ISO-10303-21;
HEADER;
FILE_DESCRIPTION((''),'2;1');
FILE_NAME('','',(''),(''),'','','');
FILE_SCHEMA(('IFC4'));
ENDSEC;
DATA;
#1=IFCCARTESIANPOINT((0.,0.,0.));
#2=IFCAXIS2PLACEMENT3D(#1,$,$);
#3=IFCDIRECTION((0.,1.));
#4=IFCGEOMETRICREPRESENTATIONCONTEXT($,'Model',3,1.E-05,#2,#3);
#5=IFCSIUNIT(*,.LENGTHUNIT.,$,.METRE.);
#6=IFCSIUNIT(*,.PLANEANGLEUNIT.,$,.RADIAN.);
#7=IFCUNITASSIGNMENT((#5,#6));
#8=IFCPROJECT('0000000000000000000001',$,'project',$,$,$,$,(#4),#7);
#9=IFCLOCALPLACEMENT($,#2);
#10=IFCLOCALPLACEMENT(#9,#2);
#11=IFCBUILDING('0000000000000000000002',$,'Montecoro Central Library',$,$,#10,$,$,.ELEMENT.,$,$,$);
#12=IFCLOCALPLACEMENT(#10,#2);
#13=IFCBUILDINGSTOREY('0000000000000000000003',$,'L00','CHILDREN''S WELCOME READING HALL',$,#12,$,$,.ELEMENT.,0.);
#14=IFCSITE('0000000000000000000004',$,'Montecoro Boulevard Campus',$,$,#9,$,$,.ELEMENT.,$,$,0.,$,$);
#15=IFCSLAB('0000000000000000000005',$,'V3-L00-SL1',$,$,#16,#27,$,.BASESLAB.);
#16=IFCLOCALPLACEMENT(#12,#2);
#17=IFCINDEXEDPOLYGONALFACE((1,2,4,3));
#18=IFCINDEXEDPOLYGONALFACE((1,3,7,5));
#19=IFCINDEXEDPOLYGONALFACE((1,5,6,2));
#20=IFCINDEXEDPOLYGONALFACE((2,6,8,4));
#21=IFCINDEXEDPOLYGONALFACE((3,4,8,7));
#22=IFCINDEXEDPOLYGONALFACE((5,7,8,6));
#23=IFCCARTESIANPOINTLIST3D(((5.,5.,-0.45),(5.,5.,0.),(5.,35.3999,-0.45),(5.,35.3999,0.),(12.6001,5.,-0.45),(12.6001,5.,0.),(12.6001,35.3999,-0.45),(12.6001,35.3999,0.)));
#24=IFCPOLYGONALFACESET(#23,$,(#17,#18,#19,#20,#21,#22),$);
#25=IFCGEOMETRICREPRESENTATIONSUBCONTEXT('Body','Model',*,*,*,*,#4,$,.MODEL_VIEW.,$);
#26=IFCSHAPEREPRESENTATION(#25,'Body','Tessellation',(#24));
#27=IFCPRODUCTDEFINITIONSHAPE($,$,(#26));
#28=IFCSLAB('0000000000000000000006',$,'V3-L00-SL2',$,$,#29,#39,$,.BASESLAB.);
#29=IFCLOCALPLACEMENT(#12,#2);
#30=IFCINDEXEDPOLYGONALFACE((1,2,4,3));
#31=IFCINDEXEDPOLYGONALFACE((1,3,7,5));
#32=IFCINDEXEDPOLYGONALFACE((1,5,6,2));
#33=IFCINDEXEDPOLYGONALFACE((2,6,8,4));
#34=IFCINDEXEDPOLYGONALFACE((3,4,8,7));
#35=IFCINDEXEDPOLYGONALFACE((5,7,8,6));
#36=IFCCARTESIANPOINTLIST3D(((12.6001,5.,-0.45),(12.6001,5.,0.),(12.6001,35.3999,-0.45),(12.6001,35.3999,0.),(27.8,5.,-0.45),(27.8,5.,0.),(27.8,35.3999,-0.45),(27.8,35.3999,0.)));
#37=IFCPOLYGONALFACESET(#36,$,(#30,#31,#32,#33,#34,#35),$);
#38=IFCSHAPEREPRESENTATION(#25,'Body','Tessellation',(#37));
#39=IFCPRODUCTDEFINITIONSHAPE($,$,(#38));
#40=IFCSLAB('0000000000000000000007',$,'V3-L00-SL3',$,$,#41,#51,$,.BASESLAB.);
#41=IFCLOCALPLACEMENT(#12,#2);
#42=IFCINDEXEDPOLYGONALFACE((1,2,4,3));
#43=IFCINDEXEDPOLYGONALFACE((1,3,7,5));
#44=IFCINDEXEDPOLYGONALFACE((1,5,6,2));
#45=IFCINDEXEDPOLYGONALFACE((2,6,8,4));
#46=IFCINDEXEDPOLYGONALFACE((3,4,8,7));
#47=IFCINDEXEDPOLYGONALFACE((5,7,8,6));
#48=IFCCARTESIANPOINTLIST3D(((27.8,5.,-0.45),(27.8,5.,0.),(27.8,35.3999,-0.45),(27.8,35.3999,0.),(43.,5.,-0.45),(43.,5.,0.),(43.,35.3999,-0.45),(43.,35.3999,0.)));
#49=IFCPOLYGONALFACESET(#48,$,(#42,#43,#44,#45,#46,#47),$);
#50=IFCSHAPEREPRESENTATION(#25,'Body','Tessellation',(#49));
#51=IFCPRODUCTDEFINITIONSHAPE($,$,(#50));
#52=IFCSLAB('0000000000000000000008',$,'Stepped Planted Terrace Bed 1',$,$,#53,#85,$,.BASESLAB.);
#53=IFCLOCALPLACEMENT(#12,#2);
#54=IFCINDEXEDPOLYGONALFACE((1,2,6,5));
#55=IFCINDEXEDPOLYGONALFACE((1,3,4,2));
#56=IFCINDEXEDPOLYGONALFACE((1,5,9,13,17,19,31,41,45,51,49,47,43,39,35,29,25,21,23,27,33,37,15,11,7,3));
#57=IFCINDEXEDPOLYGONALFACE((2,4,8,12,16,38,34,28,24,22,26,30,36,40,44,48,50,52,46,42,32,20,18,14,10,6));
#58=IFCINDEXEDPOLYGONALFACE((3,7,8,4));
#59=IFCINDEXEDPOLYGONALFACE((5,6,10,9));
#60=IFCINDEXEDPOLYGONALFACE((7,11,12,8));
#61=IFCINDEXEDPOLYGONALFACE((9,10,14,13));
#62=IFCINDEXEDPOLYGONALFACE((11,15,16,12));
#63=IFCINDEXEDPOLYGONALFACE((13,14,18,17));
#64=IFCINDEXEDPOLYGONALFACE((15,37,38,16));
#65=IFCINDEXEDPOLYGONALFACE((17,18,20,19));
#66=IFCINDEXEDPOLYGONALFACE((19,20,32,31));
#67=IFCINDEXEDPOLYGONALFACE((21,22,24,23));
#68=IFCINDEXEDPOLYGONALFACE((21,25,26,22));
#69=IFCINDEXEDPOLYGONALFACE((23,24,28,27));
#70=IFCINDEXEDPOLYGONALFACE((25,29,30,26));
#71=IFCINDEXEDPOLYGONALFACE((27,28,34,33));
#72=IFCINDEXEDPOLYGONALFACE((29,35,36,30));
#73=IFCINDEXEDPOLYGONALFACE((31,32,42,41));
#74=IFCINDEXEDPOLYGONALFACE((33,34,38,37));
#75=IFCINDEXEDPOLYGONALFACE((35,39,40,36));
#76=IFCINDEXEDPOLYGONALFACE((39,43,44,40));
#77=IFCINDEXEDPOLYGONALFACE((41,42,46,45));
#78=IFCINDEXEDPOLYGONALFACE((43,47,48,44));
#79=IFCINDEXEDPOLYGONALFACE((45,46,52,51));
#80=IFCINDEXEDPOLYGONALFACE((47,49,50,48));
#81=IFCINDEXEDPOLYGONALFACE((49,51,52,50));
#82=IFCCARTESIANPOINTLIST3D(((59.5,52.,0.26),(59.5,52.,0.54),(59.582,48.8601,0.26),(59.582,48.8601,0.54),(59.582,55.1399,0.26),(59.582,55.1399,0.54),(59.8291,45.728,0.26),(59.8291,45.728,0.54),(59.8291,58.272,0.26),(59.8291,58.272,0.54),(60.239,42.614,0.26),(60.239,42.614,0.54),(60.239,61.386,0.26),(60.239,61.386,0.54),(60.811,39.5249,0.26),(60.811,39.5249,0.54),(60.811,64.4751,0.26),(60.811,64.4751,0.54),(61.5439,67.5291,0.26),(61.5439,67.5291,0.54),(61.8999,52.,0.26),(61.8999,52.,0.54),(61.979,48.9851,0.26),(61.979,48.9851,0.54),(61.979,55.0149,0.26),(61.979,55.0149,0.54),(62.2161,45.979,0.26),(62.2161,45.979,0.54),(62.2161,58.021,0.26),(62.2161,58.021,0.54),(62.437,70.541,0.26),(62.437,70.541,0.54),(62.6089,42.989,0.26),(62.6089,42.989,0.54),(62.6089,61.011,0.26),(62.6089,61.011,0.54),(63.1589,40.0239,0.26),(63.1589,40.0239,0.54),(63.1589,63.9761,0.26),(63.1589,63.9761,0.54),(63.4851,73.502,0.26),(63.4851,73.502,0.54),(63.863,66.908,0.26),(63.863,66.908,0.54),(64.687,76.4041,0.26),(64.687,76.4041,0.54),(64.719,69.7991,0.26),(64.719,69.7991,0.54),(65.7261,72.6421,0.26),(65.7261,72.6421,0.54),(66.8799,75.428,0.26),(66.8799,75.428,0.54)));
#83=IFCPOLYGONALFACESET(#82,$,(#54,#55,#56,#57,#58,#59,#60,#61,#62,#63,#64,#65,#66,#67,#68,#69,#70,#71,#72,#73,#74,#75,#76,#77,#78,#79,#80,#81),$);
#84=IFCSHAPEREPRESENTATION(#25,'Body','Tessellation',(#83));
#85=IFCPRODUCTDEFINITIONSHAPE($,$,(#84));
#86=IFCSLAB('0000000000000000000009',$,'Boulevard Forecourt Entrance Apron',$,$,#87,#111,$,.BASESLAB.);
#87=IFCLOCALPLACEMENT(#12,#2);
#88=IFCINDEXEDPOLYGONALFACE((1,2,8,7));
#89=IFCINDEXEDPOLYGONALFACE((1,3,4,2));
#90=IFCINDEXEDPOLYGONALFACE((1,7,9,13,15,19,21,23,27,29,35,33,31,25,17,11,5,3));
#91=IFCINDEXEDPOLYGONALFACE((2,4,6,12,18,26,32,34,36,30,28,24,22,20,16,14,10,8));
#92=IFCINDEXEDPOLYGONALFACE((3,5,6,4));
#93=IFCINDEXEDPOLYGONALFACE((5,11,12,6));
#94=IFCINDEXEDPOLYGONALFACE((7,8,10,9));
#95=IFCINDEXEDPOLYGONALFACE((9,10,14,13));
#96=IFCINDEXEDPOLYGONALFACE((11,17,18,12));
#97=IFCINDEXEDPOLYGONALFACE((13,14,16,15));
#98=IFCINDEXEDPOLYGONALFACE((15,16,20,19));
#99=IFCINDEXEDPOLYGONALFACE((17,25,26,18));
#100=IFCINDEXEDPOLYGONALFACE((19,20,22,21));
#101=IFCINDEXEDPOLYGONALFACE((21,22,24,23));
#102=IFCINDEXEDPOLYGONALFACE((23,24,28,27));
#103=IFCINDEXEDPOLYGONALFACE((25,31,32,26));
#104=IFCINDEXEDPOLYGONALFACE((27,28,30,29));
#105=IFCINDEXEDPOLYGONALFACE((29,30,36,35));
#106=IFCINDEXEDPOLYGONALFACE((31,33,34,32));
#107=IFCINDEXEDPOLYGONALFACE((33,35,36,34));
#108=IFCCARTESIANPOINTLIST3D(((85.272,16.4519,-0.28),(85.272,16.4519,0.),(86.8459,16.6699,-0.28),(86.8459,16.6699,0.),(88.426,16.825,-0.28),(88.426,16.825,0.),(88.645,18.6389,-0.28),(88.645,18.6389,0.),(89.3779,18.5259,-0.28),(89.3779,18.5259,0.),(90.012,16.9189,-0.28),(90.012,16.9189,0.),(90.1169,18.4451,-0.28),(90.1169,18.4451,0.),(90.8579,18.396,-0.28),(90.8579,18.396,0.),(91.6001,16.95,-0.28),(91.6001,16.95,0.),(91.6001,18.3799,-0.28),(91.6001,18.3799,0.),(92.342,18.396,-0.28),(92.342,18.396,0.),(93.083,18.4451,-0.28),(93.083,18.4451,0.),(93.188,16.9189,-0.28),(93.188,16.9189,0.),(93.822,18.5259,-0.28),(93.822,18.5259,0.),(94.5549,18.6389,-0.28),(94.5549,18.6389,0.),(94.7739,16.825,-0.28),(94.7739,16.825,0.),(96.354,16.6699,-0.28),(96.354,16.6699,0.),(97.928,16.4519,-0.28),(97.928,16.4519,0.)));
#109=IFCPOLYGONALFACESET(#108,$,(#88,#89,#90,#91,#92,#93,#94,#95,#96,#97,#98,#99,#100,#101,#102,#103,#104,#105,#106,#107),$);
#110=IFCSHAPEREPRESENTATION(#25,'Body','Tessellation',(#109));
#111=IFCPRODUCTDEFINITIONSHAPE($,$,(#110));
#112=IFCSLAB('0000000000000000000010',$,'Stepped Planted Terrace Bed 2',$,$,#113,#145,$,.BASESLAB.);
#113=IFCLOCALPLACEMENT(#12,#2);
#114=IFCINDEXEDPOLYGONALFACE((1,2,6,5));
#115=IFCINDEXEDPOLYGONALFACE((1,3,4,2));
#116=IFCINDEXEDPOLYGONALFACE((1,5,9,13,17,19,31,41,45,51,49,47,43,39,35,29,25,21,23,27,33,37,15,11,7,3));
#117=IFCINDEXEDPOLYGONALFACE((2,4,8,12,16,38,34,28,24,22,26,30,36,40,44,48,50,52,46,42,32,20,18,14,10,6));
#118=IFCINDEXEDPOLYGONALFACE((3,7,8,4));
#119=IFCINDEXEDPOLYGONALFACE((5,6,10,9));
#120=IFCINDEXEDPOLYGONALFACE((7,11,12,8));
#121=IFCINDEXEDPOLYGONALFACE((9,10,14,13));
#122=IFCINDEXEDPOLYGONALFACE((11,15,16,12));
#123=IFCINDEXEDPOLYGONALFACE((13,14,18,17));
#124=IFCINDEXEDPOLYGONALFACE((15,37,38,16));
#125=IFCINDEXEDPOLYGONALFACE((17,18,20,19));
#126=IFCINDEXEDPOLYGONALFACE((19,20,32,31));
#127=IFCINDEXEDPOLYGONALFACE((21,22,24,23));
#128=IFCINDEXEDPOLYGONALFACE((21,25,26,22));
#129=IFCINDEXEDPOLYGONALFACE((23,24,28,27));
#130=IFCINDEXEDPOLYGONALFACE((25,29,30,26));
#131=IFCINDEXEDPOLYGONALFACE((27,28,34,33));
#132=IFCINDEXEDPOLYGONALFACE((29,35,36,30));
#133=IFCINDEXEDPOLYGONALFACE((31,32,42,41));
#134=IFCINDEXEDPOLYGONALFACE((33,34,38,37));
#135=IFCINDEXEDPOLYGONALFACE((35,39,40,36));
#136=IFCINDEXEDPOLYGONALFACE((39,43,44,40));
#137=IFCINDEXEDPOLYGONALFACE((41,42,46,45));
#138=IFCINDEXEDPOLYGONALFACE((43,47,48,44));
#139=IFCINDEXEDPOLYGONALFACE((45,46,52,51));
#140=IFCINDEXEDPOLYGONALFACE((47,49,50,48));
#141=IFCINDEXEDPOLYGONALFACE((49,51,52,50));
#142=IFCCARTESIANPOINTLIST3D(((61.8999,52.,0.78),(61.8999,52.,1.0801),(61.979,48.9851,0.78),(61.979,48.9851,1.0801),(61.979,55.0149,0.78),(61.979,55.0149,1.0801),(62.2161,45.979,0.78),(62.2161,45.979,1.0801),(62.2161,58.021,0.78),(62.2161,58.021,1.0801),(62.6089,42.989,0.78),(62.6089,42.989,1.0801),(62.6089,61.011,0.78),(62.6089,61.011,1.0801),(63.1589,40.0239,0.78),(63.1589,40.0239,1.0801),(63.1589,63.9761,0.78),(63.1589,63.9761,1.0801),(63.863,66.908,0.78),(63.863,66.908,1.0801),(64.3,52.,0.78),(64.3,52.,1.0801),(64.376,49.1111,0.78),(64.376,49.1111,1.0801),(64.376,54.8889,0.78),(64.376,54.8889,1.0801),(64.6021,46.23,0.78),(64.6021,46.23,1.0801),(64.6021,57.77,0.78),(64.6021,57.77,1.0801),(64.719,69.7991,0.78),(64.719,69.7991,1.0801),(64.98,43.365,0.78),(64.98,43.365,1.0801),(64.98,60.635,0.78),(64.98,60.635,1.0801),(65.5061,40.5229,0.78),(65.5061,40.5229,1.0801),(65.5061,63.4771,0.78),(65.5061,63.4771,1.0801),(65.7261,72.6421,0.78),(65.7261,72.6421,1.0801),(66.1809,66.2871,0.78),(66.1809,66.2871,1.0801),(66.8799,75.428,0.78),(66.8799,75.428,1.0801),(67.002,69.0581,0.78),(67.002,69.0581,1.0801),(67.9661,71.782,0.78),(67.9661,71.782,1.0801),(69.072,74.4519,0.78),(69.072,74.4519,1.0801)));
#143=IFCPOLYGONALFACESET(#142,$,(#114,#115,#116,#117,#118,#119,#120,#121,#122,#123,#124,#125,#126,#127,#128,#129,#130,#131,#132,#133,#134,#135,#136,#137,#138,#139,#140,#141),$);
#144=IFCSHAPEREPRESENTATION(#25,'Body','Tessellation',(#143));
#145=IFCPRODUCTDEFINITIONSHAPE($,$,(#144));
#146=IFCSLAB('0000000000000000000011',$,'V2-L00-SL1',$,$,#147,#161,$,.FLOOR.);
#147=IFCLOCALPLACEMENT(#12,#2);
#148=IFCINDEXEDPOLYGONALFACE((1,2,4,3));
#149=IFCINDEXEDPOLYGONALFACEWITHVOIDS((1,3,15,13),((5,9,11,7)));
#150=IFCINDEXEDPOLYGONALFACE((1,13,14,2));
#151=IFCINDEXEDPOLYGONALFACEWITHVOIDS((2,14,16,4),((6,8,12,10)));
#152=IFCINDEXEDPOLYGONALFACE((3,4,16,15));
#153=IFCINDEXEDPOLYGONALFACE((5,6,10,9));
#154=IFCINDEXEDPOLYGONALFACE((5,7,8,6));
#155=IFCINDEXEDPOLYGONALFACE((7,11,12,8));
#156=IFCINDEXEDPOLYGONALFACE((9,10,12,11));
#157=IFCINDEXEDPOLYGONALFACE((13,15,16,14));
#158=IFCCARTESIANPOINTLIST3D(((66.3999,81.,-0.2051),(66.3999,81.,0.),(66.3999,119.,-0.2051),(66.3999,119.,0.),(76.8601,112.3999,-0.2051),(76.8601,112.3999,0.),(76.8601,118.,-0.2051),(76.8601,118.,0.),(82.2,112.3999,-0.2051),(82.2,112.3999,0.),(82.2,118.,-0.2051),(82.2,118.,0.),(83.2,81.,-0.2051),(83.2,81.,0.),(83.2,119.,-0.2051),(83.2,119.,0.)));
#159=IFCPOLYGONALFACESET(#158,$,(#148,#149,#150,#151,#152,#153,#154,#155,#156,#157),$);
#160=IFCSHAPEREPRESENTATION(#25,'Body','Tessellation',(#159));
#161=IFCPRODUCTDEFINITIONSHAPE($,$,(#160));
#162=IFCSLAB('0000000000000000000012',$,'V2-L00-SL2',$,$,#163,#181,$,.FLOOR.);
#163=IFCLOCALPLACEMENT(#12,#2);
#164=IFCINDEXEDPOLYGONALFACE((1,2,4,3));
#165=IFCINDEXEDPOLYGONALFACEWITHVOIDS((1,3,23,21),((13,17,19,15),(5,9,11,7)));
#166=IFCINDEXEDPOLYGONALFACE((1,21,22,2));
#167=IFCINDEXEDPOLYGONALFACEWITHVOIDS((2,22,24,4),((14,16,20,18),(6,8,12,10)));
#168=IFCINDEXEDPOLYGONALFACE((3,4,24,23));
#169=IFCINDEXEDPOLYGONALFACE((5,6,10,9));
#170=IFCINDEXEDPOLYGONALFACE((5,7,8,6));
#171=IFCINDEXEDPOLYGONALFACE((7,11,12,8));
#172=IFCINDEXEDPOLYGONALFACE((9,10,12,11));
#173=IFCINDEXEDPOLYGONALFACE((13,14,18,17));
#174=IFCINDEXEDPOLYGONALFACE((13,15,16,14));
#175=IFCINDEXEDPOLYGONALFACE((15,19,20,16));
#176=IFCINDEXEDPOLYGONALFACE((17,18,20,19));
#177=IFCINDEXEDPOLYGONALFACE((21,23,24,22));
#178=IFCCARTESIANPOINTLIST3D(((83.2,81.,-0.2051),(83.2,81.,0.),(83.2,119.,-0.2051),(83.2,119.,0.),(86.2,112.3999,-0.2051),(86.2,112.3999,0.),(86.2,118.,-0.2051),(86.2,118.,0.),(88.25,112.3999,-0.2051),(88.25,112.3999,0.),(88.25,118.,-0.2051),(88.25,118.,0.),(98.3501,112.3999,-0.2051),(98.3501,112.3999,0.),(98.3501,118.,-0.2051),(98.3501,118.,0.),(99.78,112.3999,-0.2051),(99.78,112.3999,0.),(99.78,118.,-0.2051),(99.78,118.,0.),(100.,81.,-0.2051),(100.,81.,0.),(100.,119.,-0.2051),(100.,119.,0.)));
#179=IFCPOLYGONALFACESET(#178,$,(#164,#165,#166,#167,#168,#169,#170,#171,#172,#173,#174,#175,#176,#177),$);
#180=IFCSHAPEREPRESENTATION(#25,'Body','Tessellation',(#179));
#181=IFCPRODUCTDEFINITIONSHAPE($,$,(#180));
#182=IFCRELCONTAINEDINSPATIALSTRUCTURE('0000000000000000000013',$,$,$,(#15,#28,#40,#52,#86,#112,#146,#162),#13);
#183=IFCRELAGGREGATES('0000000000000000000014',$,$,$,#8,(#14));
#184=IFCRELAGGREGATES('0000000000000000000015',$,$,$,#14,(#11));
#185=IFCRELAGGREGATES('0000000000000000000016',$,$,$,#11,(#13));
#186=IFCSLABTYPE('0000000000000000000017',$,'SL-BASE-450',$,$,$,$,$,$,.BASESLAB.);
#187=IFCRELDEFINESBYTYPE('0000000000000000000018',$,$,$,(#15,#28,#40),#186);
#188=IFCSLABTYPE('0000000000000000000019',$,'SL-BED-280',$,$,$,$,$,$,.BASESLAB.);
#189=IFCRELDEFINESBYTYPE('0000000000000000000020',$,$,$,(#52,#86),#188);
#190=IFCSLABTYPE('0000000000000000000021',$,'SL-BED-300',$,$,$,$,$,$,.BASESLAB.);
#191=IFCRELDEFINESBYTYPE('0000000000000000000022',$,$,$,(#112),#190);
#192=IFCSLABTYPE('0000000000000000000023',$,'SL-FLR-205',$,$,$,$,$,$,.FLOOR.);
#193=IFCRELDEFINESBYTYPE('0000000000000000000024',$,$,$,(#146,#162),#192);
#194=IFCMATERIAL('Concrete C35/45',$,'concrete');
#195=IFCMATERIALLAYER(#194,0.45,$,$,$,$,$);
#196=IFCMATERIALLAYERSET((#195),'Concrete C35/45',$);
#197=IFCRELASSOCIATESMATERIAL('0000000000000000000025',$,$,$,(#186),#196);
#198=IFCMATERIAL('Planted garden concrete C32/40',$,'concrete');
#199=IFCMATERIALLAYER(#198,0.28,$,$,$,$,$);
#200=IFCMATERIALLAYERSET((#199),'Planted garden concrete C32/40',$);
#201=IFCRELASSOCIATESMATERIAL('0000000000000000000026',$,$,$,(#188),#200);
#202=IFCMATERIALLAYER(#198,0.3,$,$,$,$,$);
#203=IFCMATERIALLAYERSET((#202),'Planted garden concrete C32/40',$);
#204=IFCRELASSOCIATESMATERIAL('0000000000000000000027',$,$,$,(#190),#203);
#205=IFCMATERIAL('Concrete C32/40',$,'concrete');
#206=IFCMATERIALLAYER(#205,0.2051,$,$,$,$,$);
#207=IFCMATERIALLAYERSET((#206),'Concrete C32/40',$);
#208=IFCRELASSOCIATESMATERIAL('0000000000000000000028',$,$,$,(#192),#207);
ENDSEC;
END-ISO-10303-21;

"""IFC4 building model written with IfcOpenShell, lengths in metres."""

from ifc_helpers import new_model, si_unit, direction, frame, origin, place, context, subcontext, project, spatial, polyline, outline, extrude, material, layer, layer_set, type_object, element, save


model = new_model("IFC4")

# Units and contexts
model_context = context("Model", 3, precision=1e-05, world=origin(), true_north=direction((0.0, 1.0)))
body_context = subcontext(model_context, "Body", "Model", "MODEL_VIEW")
ifc_project = project(units=[si_unit("LENGTHUNIT", "METRE"), si_unit("PLANEANGLEUNIT", "RADIAN")], contexts=[model_context])

# Site, building, storey
site_placement = place(None, origin())
site = spatial("IfcSite", under=ifc_project, at=site_placement, Name="Montecoro Boulevard Campus", CompositionType="ELEMENT", RefElevation=0.0)
building_placement = place(site_placement, origin())
building = spatial("IfcBuilding", under=site, at=building_placement, Name="Montecoro Central Library", CompositionType="ELEMENT")
storey_placement = place(building_placement, origin())
storey = spatial("IfcBuildingStorey", under=building, at=storey_placement, Name="L00", Description="CHILDREN'S WELCOME READING HALL", CompositionType="ELEMENT", Elevation=0.0)

# Slabs
ifc_material_1 = material(Name="Concrete C35/45", Category="concrete")
ifc_layer_1 = layer(ifc_material_1, 0.45)
ifc_layer_set_1 = layer_set([ifc_layer_1], Name="Concrete C35/45")
slab_type_1 = type_object("IfcSlabType", Name="SL-BASE-450", PredefinedType="BASESLAB", material=ifc_layer_set_1)
slab_1_placement = place(storey_placement, frame((0.0, 0.0, -0.45)))
element("IfcSlab", 1, at=slab_1_placement, inside=storey, type_object=slab_type_1, Name="V3-L00-SL1", PredefinedType="BASESLAB", context=body_context, shape_type="SweptSolid", body=[
    extrude(outline(polyline([(5.0, 5.0), (12.6001, 5.0), (12.6001, 35.3999), (5.0, 35.3999), (5.0, 5.0)])), origin(), (0.0, 0.0, 1.0), 0.45),
])
slab_2_placement = place(storey_placement, frame((0.0, 0.0, -0.45)))
element("IfcSlab", 2, at=slab_2_placement, inside=storey, type_object=slab_type_1, Name="V3-L00-SL2", PredefinedType="BASESLAB", context=body_context, shape_type="SweptSolid", body=[
    extrude(outline(polyline([(12.6001, 5.0), (27.8, 5.0), (27.8, 35.3999), (12.6001, 35.3999), (12.6001, 5.0)])), origin(), (0.0, 0.0, 1.0), 0.45),
])
slab_3_placement = place(storey_placement, frame((0.0, 0.0, -0.45)))
element("IfcSlab", 3, at=slab_3_placement, inside=storey, type_object=slab_type_1, Name="V3-L00-SL3", PredefinedType="BASESLAB", context=body_context, shape_type="SweptSolid", body=[
    extrude(outline(polyline([(27.8, 5.0), (43.0, 5.0), (43.0, 35.3999), (27.8, 35.3999), (27.8, 5.0)])), origin(), (0.0, 0.0, 1.0), 0.45),
])
ifc_material_2 = material(Name="Planted garden concrete C32/40", Category="concrete")
ifc_layer_2 = layer(ifc_material_2, 0.28)
ifc_layer_set_2 = layer_set([ifc_layer_2], Name="Planted garden concrete C32/40")
slab_type_2 = type_object("IfcSlabType", Name="SL-BED-280", PredefinedType="BASESLAB", material=ifc_layer_set_2)
slab_4_placement = place(storey_placement, frame((0.0, 0.0, 0.26)))
element("IfcSlab", 4, at=slab_4_placement, inside=storey, type_object=slab_type_2, Name="Stepped Planted Terrace Bed 1", PredefinedType="BASESLAB", context=body_context, shape_type="SweptSolid", body=[
    extrude(outline(polyline([(66.8799, 75.428), (65.7261, 72.6421), (64.719, 69.7991), (63.863, 66.908), (63.1589, 63.9761), (62.6089, 61.011), (62.2161, 58.021), (61.979, 55.0149), (61.8999, 52.0), (61.979, 48.9851), (62.2161, 45.979), (62.6089, 42.989), (63.1589, 40.0239), (60.811, 39.5249), (60.239, 42.614), (59.8291, 45.728), (59.582, 48.8601), (59.5, 52.0), (59.582, 55.1399), (59.8291, 58.272), (60.239, 61.386), (60.811, 64.4751), (61.5439, 67.5291), (62.437, 70.541), (63.4851, 73.502), (64.687, 76.4041), (66.8799, 75.428)])), origin(), (0.0, 0.0, 1.0), 0.28),
])
slab_5_placement = place(storey_placement, frame((0.0, 0.0, -0.28)))
element("IfcSlab", 5, at=slab_5_placement, inside=storey, type_object=slab_type_2, Name="Boulevard Forecourt Entrance Apron", PredefinedType="BASESLAB", context=body_context, shape_type="SweptSolid", body=[
    extrude(outline(polyline([(97.928, 16.4519), (96.354, 16.6699), (94.7739, 16.825), (93.188, 16.9189), (91.6001, 16.95), (90.012, 16.9189), (88.426, 16.825), (86.8459, 16.6699), (85.272, 16.4519), (88.645, 18.6389), (89.3779, 18.5259), (90.1169, 18.4451), (90.8579, 18.396), (91.6001, 18.3799), (92.342, 18.396), (93.083, 18.4451), (93.822, 18.5259), (94.5549, 18.6389), (97.928, 16.4519)])), origin(), (0.0, 0.0, 1.0), 0.28),
])
ifc_layer_3 = layer(ifc_material_2, 0.3)
ifc_layer_set_3 = layer_set([ifc_layer_3], Name="Planted garden concrete C32/40")
slab_type_3 = type_object("IfcSlabType", Name="SL-BED-300", PredefinedType="BASESLAB", material=ifc_layer_set_3)
slab_6_placement = place(storey_placement, frame((0.0, 0.0, 0.78)))
element("IfcSlab", 6, at=slab_6_placement, inside=storey, type_object=slab_type_3, Name="Stepped Planted Terrace Bed 2", PredefinedType="BASESLAB", context=body_context, shape_type="SweptSolid", body=[
    extrude(outline(polyline([(69.072, 74.4519), (67.9661, 71.782), (67.002, 69.0581), (66.1809, 66.2871), (65.5061, 63.4771), (64.98, 60.635), (64.6021, 57.77), (64.376, 54.8889), (64.3, 52.0), (64.376, 49.1111), (64.6021, 46.23), (64.98, 43.365), (65.5061, 40.5229), (63.1589, 40.0239), (62.6089, 42.989), (62.2161, 45.979), (61.979, 48.9851), (61.8999, 52.0), (61.979, 55.0149), (62.2161, 58.021), (62.6089, 61.011), (63.1589, 63.9761), (63.863, 66.908), (64.719, 69.7991), (65.7261, 72.6421), (66.8799, 75.428), (69.072, 74.4519)])), origin(), (0.0, 0.0, 1.0), 0.3),
])
ifc_material_3 = material(Name="Concrete C32/40", Category="concrete")
ifc_layer_4 = layer(ifc_material_3, 0.2051)
ifc_layer_set_4 = layer_set([ifc_layer_4], Name="Concrete C32/40")
slab_type_4 = type_object("IfcSlabType", Name="SL-FLR-205", PredefinedType="FLOOR", material=ifc_layer_set_4)
slab_7_placement = place(storey_placement, frame((0.0, 0.0, -0.2051)))
element("IfcSlab", 7, at=slab_7_placement, inside=storey, type_object=slab_type_4, Name="V2-L00-SL1", PredefinedType="FLOOR", context=body_context, shape_type="SweptSolid", body=[
    extrude(outline(polyline([(66.3999, 81.0), (83.2, 81.0), (83.2, 119.0), (66.3999, 119.0), (66.3999, 81.0)]), holes=[polyline([(76.8601, 118.0), (82.2, 118.0), (82.2, 112.3999), (76.8601, 112.3999), (76.8601, 118.0)])]), origin(), (0.0, 0.0, 1.0), 0.2051),
])
slab_8_placement = place(storey_placement, frame((0.0, 0.0, -0.2051)))
element("IfcSlab", 8, at=slab_8_placement, inside=storey, type_object=slab_type_4, Name="V2-L00-SL2", PredefinedType="FLOOR", context=body_context, shape_type="SweptSolid", body=[
    extrude(outline(polyline([(83.2, 81.0), (100.0, 81.0), (100.0, 119.0), (83.2, 119.0), (83.2, 81.0)]), holes=[polyline([(86.2, 118.0), (88.25, 118.0), (88.25, 112.3999), (86.2, 112.3999), (86.2, 118.0)]), polyline([(98.3501, 118.0), (99.78, 118.0), (99.78, 112.3999), (98.3501, 112.3999), (98.3501, 118.0)])]), origin(), (0.0, 0.0, 1.0), 0.2051),
])

save(model, "model.ifc")
